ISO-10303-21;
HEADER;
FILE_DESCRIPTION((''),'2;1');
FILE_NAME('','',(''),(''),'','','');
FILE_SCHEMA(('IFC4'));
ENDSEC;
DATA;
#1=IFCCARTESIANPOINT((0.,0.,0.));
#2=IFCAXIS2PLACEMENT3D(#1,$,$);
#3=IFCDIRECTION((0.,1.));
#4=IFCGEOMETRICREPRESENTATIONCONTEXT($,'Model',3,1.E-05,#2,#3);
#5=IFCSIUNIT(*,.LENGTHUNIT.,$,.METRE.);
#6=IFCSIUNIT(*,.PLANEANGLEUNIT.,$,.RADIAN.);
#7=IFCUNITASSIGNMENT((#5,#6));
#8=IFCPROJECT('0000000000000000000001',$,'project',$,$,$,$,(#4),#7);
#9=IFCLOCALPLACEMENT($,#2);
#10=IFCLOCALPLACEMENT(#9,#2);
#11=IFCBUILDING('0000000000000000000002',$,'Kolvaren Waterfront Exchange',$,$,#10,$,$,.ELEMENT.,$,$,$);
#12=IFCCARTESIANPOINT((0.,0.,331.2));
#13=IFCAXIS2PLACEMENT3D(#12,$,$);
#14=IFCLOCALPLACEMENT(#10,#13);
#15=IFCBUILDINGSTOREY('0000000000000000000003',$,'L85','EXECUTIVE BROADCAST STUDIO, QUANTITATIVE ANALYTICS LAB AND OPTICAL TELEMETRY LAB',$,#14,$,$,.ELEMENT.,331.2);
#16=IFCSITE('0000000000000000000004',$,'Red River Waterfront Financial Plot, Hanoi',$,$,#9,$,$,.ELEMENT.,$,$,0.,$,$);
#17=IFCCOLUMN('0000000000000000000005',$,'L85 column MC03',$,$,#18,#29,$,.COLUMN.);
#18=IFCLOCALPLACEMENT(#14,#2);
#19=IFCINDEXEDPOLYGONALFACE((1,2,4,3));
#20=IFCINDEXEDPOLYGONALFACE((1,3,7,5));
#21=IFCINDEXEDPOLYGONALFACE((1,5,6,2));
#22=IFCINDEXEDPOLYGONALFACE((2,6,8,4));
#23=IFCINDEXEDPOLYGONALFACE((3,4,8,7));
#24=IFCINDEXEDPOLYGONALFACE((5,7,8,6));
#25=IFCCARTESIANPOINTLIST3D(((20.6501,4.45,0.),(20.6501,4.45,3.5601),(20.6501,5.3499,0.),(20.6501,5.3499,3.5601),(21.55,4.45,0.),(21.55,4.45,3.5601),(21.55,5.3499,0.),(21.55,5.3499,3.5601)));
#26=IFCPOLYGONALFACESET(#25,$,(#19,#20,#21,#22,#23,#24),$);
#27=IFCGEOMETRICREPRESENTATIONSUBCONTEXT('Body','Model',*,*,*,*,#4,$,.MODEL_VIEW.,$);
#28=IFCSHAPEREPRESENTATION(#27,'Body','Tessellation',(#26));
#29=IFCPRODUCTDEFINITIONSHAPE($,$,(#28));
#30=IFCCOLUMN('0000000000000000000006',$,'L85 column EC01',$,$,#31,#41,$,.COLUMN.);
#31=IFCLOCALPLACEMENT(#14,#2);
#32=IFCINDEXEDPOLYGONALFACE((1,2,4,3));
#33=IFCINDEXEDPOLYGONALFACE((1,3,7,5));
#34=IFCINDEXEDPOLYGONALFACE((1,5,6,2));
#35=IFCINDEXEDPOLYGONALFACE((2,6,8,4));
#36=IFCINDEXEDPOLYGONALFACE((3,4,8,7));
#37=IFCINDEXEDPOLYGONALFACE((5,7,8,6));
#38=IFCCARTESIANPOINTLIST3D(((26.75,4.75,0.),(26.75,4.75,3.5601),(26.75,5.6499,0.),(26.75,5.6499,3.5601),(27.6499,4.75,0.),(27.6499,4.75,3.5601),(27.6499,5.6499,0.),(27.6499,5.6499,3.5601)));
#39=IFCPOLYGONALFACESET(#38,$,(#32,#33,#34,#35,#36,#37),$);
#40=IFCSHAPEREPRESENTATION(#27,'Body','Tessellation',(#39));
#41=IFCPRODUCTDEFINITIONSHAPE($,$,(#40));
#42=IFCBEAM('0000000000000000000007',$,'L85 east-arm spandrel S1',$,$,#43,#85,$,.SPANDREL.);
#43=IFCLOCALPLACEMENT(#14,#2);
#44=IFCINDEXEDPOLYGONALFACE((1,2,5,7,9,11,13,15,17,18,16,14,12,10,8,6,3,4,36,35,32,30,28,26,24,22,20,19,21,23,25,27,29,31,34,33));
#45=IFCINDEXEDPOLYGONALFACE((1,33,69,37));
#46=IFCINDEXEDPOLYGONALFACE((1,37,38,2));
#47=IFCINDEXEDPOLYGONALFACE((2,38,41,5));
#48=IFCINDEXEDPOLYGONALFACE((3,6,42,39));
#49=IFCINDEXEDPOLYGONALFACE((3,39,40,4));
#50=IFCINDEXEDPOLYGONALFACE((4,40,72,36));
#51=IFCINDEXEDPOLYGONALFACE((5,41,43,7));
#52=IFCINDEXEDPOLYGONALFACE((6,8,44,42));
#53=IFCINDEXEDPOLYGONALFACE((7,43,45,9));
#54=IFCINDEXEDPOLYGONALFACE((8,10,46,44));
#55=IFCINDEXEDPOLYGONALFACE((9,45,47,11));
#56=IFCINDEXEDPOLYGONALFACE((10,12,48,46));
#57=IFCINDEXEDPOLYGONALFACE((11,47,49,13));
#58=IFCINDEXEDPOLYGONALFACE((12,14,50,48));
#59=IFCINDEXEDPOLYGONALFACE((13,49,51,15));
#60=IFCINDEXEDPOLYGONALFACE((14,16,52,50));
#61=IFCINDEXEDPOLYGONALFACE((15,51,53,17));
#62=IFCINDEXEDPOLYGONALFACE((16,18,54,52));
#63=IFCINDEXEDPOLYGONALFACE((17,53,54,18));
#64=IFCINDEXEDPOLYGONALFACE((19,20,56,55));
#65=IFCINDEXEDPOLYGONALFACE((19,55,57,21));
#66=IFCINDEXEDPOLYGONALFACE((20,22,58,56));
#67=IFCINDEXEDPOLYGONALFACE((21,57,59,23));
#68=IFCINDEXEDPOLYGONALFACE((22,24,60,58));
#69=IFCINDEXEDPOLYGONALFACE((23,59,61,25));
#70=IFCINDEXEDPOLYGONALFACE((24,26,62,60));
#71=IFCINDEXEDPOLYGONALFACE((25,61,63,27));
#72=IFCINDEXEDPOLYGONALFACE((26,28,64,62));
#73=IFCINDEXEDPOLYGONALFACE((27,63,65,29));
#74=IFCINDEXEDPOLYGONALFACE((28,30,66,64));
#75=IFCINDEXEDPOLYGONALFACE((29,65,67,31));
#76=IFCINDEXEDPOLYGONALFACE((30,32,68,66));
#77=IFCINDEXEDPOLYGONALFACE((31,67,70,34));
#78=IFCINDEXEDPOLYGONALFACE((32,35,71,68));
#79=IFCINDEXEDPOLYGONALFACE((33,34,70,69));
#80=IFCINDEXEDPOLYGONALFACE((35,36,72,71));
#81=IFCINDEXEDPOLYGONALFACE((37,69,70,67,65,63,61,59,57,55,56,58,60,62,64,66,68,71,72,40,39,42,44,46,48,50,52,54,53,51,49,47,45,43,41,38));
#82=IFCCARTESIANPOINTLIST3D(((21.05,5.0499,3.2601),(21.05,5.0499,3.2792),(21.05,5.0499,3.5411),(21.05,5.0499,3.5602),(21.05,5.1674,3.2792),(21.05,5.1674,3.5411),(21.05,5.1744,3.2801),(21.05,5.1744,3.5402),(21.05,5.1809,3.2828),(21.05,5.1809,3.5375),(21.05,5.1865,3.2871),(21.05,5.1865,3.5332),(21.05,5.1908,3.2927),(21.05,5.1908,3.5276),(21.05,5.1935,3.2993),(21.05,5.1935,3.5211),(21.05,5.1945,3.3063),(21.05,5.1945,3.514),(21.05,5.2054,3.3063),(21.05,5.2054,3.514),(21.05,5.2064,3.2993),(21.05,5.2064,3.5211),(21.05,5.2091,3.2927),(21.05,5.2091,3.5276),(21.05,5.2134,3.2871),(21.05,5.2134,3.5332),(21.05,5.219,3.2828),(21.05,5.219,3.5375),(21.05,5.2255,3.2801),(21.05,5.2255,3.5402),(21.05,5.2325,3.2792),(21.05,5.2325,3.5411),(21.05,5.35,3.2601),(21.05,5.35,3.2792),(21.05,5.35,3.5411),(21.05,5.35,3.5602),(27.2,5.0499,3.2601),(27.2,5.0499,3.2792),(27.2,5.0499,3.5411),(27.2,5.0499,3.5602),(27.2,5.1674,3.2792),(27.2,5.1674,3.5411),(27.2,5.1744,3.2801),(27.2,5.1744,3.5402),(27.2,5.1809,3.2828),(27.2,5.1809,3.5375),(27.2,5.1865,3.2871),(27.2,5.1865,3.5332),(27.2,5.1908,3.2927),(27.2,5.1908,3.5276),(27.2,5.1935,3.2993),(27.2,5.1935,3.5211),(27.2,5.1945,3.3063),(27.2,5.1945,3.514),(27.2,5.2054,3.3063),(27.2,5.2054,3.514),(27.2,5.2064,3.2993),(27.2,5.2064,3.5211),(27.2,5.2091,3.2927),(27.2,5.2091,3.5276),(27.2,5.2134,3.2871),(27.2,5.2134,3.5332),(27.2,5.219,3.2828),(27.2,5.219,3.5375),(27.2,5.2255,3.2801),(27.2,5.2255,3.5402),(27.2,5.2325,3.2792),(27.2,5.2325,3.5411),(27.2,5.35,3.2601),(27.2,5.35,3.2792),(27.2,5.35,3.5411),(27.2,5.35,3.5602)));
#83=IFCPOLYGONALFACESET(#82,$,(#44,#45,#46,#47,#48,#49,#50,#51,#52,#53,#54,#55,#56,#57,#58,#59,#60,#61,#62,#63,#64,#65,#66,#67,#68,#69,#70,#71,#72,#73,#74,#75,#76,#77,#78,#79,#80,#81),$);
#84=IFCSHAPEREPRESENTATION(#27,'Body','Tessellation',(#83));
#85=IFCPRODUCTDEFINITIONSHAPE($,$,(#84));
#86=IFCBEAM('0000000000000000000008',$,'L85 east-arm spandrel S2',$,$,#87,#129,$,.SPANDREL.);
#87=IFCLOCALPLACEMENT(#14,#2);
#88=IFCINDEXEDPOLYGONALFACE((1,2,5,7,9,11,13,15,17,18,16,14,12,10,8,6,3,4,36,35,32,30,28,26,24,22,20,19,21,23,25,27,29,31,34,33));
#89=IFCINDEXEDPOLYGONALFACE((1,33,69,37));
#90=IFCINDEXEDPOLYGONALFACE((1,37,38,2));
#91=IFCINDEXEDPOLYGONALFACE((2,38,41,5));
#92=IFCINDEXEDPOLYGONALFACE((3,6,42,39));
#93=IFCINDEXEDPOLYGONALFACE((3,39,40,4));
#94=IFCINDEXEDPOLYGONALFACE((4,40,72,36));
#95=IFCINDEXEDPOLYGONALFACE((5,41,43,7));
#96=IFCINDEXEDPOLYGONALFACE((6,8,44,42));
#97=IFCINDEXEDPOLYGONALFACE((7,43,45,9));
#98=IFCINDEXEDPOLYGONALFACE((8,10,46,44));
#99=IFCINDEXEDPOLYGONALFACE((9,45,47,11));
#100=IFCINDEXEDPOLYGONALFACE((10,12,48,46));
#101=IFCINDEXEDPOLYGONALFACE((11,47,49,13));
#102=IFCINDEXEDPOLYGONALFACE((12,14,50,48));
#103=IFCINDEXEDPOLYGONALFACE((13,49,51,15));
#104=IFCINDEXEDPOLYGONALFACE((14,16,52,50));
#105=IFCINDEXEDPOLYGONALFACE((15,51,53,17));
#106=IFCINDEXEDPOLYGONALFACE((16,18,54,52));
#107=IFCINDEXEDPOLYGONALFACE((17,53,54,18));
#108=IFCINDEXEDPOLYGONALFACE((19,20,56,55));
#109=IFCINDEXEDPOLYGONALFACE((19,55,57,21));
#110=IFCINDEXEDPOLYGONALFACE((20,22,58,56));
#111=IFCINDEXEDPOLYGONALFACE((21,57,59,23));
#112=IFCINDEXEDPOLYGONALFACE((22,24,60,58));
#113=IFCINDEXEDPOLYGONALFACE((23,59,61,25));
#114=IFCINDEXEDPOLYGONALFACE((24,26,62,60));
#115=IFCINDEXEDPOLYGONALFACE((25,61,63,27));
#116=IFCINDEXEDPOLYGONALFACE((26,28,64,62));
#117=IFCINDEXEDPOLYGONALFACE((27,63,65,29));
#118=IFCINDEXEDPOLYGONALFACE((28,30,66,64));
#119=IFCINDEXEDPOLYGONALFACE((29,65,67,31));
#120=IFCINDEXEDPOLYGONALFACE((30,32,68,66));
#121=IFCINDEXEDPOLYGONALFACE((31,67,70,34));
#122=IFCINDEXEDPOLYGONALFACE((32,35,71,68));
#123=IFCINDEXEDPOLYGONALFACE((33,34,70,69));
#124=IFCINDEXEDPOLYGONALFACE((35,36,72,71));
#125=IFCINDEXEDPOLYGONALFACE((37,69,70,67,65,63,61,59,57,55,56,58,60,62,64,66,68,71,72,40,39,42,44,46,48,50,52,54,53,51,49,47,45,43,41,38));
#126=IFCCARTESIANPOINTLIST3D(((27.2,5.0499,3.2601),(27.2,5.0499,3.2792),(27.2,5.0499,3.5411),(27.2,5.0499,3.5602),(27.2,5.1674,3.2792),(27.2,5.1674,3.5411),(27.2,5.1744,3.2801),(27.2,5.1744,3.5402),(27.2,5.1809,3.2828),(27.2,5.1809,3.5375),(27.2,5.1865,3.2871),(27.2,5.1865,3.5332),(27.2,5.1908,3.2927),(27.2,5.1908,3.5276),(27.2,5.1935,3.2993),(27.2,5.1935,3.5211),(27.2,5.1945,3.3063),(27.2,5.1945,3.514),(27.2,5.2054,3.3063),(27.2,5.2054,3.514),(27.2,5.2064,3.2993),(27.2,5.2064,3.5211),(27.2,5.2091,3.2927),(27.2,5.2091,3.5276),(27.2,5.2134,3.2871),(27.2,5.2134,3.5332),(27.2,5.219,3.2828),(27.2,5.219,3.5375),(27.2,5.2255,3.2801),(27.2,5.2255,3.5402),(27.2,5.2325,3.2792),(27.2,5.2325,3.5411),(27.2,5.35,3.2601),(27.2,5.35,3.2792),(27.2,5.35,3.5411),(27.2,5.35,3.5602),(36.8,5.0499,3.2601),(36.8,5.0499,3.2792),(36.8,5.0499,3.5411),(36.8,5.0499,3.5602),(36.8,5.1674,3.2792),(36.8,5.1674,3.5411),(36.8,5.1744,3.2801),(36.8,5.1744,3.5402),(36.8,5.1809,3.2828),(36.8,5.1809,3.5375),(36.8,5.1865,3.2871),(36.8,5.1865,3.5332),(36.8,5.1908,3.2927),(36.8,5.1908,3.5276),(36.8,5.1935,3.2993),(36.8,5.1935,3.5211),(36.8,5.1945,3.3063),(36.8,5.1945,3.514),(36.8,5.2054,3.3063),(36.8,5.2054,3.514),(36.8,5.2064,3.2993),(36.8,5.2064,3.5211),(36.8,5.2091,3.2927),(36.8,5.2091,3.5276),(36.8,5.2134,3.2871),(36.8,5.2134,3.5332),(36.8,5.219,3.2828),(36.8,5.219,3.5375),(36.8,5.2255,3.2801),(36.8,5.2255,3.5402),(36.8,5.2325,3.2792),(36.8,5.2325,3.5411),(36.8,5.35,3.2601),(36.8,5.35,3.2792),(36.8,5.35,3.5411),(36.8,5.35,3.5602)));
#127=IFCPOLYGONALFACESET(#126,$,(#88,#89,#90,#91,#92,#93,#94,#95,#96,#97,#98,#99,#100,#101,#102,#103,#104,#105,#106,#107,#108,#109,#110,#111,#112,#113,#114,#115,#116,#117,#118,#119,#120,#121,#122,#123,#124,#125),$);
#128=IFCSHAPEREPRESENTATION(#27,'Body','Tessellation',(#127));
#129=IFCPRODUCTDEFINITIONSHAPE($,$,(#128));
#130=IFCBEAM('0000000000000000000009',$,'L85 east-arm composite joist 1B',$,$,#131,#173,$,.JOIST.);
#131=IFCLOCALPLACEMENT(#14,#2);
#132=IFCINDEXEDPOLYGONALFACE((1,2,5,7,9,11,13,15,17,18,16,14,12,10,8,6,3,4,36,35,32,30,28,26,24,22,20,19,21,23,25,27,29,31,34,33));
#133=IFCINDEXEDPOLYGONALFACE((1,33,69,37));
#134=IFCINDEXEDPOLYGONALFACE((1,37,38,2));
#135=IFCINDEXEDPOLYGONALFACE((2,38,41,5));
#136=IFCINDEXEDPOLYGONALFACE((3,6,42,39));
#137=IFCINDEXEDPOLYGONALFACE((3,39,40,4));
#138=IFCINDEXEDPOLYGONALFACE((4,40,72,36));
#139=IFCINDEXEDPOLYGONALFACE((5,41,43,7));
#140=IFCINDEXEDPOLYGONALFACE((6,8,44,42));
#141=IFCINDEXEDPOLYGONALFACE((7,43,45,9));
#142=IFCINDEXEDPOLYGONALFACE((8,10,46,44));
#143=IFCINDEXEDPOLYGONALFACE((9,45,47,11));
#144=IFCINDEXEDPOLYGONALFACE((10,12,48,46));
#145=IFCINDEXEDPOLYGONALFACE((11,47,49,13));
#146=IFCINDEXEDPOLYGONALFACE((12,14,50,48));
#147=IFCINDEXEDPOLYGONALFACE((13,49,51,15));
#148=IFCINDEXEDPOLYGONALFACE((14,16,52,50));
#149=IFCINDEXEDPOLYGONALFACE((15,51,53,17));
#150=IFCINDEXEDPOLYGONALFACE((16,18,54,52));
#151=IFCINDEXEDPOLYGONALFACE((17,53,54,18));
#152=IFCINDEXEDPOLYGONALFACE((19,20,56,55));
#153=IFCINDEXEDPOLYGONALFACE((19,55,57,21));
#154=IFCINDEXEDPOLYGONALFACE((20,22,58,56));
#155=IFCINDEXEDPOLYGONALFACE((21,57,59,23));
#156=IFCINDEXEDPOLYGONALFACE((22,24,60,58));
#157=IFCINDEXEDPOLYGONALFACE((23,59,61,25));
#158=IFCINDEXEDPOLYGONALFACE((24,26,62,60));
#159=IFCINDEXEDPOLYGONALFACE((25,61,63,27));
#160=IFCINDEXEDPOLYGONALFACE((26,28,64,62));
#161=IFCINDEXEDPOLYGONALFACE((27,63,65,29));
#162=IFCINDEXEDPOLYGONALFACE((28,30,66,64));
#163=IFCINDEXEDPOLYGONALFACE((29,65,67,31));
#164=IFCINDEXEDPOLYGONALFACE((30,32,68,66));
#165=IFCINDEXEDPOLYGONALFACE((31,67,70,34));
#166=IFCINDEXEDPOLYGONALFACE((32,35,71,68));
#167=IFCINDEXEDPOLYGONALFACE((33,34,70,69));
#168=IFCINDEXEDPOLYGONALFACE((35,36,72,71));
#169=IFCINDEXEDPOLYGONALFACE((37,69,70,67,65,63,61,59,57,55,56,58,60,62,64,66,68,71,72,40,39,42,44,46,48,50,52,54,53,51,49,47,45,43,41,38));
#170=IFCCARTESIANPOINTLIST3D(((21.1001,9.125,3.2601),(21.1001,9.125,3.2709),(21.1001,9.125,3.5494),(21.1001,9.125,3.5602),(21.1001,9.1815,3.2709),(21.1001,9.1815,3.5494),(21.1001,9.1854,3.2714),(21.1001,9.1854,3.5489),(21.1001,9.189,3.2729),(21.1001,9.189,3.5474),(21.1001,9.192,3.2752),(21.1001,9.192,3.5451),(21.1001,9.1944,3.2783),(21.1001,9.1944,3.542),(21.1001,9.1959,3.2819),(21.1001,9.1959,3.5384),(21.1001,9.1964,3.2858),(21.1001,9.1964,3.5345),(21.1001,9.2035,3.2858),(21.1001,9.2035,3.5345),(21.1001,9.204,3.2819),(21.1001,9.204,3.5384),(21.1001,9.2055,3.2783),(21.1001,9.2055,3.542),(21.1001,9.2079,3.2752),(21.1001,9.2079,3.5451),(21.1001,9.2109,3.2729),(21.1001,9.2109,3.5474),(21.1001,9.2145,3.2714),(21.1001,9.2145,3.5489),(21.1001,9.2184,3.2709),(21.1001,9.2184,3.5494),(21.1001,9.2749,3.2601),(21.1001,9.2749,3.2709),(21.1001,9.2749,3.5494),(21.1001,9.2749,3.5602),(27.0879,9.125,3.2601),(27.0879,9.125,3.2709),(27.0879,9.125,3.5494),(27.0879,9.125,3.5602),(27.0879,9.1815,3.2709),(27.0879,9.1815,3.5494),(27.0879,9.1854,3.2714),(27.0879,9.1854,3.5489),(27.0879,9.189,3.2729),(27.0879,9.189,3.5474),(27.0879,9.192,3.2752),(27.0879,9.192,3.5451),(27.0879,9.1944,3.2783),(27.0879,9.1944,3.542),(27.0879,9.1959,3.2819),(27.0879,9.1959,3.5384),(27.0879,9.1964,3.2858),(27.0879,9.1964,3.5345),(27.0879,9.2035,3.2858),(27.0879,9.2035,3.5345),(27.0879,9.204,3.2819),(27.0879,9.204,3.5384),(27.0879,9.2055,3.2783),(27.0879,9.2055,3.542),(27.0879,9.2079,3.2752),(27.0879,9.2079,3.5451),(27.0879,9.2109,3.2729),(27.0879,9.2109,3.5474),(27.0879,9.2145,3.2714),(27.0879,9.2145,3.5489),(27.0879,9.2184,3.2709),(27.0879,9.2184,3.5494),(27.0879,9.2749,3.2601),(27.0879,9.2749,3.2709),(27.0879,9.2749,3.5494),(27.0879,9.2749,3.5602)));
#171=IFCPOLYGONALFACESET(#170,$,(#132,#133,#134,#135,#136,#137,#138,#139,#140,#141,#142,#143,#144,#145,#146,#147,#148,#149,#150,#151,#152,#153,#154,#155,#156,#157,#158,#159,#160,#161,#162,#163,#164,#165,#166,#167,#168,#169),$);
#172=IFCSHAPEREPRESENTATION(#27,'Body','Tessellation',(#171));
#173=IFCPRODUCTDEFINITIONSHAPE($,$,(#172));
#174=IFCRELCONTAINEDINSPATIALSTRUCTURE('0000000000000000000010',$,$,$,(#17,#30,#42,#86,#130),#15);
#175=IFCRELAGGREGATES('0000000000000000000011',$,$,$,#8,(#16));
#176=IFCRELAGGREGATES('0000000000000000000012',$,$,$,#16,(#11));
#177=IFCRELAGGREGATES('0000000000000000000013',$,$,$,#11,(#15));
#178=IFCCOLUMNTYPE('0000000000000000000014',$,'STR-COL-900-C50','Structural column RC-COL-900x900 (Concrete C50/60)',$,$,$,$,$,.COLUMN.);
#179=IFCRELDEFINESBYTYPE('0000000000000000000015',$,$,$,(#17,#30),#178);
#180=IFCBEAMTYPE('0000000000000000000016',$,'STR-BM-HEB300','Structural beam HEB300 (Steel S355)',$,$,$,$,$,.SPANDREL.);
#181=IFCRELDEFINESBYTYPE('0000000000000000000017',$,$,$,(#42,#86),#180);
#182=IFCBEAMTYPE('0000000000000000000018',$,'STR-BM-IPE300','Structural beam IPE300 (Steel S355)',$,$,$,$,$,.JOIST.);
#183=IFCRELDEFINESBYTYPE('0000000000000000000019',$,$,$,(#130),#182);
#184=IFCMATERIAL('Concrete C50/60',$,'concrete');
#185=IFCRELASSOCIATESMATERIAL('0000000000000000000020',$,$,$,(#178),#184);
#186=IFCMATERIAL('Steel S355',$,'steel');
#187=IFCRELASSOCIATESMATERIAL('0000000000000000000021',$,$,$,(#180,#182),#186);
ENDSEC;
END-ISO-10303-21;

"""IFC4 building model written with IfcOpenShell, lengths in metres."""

from ifc_helpers import new_model, si_unit, direction, frame, origin, origin_2d, place, context, subcontext, project, spatial, rectangle, i_section, extrude, material, material_profile, profile_set, type_object, element, save


model = new_model("IFC4")

# Units and contexts
model_context = context("Model", 3, precision=1e-05, world=origin(), true_north=direction((0.0, 1.0)))
body_context = subcontext(model_context, "Body", "Model", "MODEL_VIEW")
ifc_project = project(units=[si_unit("LENGTHUNIT", "METRE"), si_unit("PLANEANGLEUNIT", "RADIAN")], contexts=[model_context])

# Site, building, storey
site_placement = place(None, origin())
site = spatial("IfcSite", under=ifc_project, at=site_placement, Name="Red River Waterfront Financial Plot, Hanoi", CompositionType="ELEMENT", RefElevation=0.0)
building_placement = place(site_placement, origin())
building = spatial("IfcBuilding", under=site, at=building_placement, Name="Kolvaren Waterfront Exchange", CompositionType="ELEMENT")
storey_placement = place(building_placement, frame((0.0, 0.0, 331.2)))
storey = spatial("IfcBuildingStorey", under=building, at=storey_placement, Name="L85", Description="EXECUTIVE BROADCAST STUDIO, QUANTITATIVE ANALYTICS LAB AND OPTICAL TELEMETRY LAB", CompositionType="ELEMENT", Elevation=331.2)

# Columns
ifc_material_1 = material(Name="Concrete C50/60", Category="concrete")
ifc_material_profile_1 = material_profile(ifc_material_1, rectangle(XDim=0.8999, YDim=0.8999, at=origin_2d()), Name="RC-COL-900x900")
ifc_profile_set_1 = profile_set([ifc_material_profile_1], Name="Concrete C50/60")
column_type = type_object("IfcColumnType", Name="STR-COL-900-C50", Description="Structural column RC-COL-900x900 (Concrete C50/60)", PredefinedType="COLUMN", material=ifc_profile_set_1)
for number, where, z_axis, x_axis, name in (
    (1, (21.1001, 4.8999, 0.0), (0.0, 0.0, 1.0), (1.0, 0.0, 0.0), "L85 column MC03"),
    (2, (27.2, 5.2, 0.0), (0.0, 0.0, 1.0), (1.0, 0.0, 0.0), "L85 column EC01"),
):
    element("IfcColumn", number, at=place(storey_placement, frame(where, z_axis=z_axis, x_axis=x_axis)), inside=storey, type_object=column_type, Name=name, PredefinedType="COLUMN", context=body_context, shape_type="SweptSolid", body=[
        extrude(rectangle(XDim=0.8999, YDim=0.8999, at=origin_2d()), origin(), (0.0, 0.0, 1.0), 3.5601),
    ])

# Beams
ifc_material_2 = material(Name="Steel S355", Category="steel")
ifc_material_profile_2 = material_profile(ifc_material_2, i_section(OverallWidth=0.3, OverallDepth=0.3, WebThickness=0.011, FlangeThickness=0.019, FilletRadius=0.0271, at=origin_2d()), Name="HEB300")
ifc_profile_set_2 = profile_set([ifc_material_profile_2], Name="Steel S355")
beam_type_1 = type_object("IfcBeamType", Name="STR-BM-HEB300", Description="Structural beam HEB300 (Steel S355)", PredefinedType="SPANDREL", material=ifc_profile_set_2)
beam_1_placement = place(storey_placement, frame((21.05, 5.2, 3.4102), z_axis=(1.0, 0.0, 0.0), x_axis=(0.0, 1.0, 0.0)))
element("IfcBeam", 3, at=beam_1_placement, inside=storey, type_object=beam_type_1, Name="L85 east-arm spandrel S1", PredefinedType="SPANDREL", context=body_context, shape_type="SweptSolid", body=[
    extrude(i_section(OverallWidth=0.3, OverallDepth=0.3, WebThickness=0.011, FlangeThickness=0.019, FilletRadius=0.0271, at=origin_2d()), origin(), (0.0, 0.0, 1.0), 6.1499),
])
beam_2_placement = place(storey_placement, frame((27.2, 5.2, 3.4102), z_axis=(1.0, 0.0, 0.0), x_axis=(0.0, 1.0, 0.0)))
element("IfcBeam", 4, at=beam_2_placement, inside=storey, type_object=beam_type_1, Name="L85 east-arm spandrel S2", PredefinedType="SPANDREL", context=body_context, shape_type="SweptSolid", body=[
    extrude(i_section(OverallWidth=0.3, OverallDepth=0.3, WebThickness=0.011, FlangeThickness=0.019, FilletRadius=0.0271, at=origin_2d()), origin(), (0.0, 0.0, 1.0), 9.6001),
])
ifc_material_profile_3 = material_profile(ifc_material_2, i_section(OverallWidth=0.1499, OverallDepth=0.3, WebThickness=0.0071, FlangeThickness=0.0107, FilletRadius=0.0149, at=origin_2d()), Name="IPE300")
ifc_profile_set_3 = profile_set([ifc_material_profile_3], Name="Steel S355")
beam_type_2 = type_object("IfcBeamType", Name="STR-BM-IPE300", Description="Structural beam IPE300 (Steel S355)", PredefinedType="JOIST", material=ifc_profile_set_3)
beam_3_placement = place(storey_placement, frame((21.1001, 9.2, 3.4102), z_axis=(1.0, 0.0, 0.0), x_axis=(0.0, 1.0, 0.0)))
element("IfcBeam", 5, at=beam_3_placement, inside=storey, type_object=beam_type_2, Name="L85 east-arm composite joist 1B", PredefinedType="JOIST", context=body_context, shape_type="SweptSolid", body=[
    extrude(i_section(OverallWidth=0.1499, OverallDepth=0.3, WebThickness=0.0071, FlangeThickness=0.0107, FilletRadius=0.0149, at=origin_2d()), origin(), (0.0, 0.0, 1.0), 5.9878),
])

save(model, "model.ifc")
